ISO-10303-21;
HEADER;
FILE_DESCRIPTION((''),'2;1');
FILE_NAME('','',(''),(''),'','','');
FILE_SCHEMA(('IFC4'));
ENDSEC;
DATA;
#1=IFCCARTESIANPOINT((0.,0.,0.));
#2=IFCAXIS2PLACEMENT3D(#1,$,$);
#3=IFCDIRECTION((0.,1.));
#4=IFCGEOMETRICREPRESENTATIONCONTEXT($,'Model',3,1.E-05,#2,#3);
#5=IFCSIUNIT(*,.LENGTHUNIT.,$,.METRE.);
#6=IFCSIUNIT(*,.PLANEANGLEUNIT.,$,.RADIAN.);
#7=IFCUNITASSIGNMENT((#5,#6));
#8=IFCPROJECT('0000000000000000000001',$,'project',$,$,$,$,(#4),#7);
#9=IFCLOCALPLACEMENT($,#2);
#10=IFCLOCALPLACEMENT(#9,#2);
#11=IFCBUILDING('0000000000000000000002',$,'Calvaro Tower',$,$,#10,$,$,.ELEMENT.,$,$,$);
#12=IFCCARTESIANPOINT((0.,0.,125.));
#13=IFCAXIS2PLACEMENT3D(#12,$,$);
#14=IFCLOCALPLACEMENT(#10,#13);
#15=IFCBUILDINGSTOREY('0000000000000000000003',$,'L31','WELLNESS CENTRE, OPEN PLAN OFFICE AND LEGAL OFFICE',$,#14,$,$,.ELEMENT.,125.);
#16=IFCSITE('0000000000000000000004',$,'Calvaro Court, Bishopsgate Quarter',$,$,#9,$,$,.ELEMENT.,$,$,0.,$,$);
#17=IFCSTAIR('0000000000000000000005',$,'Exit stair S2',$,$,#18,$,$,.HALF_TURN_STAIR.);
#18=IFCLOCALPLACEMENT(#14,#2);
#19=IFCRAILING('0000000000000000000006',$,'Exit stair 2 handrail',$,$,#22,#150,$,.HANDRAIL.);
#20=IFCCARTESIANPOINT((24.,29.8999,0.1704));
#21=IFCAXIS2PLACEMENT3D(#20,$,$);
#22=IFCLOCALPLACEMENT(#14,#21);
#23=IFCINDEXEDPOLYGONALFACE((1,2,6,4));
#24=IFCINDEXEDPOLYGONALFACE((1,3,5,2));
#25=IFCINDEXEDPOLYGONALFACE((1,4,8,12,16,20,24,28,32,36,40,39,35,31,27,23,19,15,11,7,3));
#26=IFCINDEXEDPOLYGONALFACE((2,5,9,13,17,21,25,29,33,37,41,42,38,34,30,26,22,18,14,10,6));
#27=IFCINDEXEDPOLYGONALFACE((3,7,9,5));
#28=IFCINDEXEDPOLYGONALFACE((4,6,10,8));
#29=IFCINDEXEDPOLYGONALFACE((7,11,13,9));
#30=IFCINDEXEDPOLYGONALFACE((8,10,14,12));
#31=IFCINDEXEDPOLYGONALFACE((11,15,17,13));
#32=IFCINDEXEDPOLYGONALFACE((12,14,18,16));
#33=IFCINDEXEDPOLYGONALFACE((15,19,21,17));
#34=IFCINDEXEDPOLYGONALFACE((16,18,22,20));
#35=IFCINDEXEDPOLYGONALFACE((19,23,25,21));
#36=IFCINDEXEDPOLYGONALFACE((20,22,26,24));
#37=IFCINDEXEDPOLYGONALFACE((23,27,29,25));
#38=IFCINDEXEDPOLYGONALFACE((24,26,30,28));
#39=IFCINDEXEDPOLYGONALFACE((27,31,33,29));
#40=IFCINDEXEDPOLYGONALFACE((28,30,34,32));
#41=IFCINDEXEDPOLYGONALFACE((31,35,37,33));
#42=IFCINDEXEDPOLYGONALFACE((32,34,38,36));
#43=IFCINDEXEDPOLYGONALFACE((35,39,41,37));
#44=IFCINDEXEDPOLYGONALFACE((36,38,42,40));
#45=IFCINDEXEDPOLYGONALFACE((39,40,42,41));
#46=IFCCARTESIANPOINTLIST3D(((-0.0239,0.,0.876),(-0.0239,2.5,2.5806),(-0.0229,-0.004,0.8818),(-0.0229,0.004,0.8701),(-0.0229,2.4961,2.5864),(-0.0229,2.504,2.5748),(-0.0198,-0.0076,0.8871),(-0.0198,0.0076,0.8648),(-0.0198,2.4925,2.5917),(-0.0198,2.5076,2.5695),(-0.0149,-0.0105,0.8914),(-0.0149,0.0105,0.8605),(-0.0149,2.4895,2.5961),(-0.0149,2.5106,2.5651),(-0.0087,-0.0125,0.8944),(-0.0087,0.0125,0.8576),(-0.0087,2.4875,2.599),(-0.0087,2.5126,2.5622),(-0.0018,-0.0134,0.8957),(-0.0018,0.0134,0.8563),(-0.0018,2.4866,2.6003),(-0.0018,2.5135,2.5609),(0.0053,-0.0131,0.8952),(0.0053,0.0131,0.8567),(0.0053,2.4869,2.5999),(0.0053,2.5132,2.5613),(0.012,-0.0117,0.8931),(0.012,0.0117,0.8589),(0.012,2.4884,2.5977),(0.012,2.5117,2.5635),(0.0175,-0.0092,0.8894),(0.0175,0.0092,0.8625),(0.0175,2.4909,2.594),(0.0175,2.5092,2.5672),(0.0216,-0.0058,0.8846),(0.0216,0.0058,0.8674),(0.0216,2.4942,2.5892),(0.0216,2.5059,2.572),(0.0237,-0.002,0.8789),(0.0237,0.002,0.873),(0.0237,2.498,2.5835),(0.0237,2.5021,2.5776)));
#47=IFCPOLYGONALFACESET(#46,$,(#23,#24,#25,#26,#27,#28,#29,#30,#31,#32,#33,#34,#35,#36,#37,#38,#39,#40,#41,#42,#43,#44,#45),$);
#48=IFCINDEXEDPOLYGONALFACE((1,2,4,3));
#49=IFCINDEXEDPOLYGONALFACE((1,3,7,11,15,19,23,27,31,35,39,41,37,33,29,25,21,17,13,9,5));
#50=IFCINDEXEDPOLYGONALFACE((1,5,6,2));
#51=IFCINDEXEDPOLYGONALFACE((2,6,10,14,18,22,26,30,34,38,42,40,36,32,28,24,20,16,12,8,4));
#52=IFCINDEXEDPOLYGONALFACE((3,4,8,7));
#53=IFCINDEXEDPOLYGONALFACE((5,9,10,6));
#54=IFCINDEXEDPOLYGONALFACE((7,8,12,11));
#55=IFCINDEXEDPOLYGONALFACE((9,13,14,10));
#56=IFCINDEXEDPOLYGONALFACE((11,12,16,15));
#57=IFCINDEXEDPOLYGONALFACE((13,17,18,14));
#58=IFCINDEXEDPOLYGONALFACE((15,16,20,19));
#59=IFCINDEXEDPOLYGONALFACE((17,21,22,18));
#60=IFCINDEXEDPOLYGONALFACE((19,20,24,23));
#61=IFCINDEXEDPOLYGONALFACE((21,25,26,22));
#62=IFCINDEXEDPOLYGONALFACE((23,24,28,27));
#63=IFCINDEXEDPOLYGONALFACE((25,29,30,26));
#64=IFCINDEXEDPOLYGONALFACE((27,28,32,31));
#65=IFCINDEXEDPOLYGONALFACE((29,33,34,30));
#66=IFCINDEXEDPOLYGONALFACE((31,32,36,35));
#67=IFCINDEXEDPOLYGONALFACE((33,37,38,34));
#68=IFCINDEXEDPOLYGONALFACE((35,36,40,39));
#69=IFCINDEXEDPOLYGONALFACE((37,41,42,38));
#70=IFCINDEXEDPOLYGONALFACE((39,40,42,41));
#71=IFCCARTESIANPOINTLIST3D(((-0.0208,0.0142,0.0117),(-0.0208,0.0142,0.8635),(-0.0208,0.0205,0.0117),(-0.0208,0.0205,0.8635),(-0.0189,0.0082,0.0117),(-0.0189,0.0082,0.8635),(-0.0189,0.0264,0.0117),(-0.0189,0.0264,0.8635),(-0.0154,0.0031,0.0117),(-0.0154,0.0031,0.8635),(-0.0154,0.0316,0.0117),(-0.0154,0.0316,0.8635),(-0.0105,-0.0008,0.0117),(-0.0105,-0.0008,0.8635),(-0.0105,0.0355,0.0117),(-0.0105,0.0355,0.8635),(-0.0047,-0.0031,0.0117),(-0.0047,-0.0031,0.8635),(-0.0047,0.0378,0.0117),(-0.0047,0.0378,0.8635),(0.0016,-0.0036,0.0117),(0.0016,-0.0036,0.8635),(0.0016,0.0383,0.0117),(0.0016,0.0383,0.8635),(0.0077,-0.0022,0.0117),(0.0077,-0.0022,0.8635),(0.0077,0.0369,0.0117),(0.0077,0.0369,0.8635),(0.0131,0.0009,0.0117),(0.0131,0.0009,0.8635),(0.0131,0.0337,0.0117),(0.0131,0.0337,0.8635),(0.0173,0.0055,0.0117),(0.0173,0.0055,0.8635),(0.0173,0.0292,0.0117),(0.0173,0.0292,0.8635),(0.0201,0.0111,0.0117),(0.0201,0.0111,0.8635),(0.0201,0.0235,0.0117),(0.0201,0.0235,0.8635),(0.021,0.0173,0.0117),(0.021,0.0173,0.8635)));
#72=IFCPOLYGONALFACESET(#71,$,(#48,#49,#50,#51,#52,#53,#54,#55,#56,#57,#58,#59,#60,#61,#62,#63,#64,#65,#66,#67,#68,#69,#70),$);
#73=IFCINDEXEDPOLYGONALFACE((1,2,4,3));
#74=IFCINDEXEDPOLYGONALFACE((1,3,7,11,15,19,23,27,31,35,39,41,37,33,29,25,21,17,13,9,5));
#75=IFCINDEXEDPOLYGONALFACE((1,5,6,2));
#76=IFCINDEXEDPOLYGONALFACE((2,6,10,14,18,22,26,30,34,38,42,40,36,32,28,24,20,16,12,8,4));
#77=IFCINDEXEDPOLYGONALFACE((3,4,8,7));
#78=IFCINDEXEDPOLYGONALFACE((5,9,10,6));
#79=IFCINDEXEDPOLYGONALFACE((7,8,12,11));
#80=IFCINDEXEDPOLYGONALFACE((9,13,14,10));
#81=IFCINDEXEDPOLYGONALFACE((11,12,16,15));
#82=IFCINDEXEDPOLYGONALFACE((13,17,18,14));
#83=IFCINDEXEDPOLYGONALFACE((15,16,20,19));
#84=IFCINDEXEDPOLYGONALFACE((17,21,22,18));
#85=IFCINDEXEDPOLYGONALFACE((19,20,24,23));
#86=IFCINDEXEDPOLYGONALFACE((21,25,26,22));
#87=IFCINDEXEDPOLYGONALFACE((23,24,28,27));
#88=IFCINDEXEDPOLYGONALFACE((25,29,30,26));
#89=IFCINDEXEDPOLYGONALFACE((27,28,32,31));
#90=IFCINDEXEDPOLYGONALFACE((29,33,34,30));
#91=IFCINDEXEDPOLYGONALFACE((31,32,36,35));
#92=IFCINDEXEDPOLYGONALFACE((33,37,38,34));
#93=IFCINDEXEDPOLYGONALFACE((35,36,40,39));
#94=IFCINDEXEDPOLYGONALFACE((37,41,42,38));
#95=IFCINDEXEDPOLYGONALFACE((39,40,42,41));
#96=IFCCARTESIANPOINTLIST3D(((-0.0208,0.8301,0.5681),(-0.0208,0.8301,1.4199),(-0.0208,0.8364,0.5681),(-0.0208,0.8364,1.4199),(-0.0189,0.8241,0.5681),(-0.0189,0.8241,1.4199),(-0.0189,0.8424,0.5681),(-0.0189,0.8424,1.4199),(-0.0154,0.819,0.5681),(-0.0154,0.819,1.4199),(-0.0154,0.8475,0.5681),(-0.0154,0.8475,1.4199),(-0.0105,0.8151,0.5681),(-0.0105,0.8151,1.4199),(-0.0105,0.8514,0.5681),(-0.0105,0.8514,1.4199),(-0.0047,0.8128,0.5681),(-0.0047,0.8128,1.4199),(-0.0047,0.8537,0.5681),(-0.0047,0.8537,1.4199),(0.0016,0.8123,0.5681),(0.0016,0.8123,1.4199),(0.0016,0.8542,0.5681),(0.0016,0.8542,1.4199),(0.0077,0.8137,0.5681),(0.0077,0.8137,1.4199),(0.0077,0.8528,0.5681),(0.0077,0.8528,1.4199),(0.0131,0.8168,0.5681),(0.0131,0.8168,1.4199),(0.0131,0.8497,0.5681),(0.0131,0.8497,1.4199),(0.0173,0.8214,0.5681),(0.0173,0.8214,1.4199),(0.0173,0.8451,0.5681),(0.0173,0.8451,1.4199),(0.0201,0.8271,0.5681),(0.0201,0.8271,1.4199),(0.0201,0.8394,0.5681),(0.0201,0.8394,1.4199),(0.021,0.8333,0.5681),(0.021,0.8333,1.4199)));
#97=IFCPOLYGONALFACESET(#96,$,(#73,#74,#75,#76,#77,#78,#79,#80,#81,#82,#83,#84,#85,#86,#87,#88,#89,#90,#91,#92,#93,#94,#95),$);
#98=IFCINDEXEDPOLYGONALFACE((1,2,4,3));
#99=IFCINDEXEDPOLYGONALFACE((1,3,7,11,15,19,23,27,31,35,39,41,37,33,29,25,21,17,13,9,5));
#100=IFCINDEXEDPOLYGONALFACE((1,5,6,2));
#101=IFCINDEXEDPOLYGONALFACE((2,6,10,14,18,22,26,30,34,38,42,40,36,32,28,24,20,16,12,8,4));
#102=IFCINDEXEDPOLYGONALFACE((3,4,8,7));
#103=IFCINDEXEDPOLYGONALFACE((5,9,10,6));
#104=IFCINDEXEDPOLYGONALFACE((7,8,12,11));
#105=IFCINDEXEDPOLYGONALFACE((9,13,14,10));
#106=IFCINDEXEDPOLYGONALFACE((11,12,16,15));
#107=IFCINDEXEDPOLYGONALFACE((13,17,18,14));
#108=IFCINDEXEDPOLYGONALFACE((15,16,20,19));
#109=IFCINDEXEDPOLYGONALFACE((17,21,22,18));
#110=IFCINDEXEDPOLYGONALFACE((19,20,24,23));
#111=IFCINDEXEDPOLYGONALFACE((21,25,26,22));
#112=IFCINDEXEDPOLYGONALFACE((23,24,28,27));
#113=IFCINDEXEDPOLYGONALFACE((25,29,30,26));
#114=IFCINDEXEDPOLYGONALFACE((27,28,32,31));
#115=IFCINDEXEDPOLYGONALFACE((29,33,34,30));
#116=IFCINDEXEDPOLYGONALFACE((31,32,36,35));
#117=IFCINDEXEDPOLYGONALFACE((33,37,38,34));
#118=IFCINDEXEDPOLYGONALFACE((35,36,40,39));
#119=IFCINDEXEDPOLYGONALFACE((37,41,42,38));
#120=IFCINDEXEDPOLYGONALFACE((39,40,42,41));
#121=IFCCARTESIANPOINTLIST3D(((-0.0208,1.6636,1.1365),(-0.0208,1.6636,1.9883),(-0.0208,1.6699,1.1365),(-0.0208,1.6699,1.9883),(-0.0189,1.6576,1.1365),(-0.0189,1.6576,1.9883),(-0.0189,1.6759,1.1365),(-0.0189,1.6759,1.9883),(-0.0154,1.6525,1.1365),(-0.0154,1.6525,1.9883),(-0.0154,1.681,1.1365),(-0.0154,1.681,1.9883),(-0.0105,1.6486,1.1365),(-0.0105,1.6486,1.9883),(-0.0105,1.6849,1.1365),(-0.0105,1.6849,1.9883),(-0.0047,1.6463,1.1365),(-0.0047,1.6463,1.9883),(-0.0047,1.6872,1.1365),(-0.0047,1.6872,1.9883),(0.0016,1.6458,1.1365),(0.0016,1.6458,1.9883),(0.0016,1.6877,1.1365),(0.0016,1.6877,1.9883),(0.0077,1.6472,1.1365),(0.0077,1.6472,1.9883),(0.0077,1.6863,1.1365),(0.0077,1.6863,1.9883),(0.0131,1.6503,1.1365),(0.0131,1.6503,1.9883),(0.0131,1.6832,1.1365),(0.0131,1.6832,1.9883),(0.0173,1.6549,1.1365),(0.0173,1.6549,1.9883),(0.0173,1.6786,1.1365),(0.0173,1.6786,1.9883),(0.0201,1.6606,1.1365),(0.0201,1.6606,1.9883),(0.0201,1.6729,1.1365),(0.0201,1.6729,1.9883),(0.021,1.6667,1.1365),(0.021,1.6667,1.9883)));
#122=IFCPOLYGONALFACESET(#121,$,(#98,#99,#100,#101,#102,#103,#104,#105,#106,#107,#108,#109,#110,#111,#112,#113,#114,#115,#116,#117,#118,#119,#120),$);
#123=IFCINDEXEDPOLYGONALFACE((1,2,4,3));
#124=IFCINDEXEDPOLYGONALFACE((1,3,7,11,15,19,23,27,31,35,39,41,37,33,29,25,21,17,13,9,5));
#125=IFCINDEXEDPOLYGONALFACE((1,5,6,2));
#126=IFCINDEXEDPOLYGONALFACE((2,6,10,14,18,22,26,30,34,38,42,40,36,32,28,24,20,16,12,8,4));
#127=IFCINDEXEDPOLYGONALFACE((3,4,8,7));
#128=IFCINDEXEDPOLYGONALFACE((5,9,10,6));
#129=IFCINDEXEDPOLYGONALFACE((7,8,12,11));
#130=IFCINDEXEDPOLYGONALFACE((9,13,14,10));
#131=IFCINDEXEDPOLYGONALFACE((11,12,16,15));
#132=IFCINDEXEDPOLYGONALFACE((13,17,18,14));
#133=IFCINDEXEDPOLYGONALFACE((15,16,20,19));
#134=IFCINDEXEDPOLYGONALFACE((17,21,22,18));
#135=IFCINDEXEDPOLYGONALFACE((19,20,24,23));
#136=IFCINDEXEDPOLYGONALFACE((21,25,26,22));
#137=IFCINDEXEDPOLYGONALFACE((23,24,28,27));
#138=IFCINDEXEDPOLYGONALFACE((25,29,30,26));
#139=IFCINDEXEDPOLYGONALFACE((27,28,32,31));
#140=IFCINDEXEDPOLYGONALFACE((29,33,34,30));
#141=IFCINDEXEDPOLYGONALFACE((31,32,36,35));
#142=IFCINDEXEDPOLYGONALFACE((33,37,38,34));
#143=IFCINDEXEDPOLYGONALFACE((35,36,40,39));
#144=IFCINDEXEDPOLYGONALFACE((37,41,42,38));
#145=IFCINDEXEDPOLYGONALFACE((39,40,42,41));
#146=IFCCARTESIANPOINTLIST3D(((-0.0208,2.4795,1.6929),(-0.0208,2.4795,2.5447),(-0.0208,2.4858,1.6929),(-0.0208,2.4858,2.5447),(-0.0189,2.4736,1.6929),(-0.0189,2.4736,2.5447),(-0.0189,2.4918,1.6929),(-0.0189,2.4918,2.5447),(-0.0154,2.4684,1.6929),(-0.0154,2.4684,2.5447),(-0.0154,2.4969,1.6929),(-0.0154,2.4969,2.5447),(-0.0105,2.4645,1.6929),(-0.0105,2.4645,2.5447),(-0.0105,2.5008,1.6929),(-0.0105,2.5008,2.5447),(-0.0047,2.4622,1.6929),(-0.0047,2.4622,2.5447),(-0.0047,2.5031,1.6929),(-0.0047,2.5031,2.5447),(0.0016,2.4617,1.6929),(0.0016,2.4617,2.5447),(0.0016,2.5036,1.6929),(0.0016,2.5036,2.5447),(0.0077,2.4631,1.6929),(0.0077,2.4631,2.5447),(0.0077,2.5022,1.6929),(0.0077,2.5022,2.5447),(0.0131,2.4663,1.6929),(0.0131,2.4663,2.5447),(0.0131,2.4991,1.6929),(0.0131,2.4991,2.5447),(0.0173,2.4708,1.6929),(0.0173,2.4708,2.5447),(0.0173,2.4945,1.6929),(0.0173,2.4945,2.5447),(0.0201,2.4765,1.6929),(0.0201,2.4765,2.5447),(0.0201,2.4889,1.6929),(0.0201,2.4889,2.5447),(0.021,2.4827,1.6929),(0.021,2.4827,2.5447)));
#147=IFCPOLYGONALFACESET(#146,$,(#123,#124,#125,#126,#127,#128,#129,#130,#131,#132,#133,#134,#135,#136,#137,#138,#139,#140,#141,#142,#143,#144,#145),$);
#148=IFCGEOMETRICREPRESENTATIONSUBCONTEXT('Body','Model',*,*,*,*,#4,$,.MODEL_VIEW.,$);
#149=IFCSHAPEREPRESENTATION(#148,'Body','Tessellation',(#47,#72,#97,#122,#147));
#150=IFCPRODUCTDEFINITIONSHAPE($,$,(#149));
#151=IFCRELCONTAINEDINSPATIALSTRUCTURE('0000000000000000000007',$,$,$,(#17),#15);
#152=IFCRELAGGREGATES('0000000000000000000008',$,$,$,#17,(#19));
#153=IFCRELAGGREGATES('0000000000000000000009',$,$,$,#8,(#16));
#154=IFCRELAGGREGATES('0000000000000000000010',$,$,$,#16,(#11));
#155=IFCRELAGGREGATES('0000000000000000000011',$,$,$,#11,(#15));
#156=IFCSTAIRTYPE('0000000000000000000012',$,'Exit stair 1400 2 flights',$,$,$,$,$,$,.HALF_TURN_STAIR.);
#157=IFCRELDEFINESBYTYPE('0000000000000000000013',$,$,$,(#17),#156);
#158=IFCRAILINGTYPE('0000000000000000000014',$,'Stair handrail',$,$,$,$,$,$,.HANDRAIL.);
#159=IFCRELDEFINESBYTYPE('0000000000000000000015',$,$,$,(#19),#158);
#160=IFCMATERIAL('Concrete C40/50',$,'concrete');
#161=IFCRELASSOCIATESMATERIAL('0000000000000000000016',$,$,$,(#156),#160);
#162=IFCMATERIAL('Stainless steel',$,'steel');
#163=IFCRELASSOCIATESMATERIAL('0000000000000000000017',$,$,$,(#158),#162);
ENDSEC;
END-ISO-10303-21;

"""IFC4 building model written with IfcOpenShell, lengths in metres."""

from ifc_helpers import new_model, si_unit, direction, frame, origin, origin_2d, place, context, subcontext, project, spatial, circle, extrude, material, type_object, element, aggregate, save


model = new_model("IFC4")

# Units and contexts
model_context = context("Model", 3, precision=1e-05, world=origin(), true_north=direction((0.0, 1.0)))
body_context = subcontext(model_context, "Body", "Model", "MODEL_VIEW")
ifc_project = project(units=[si_unit("LENGTHUNIT", "METRE"), si_unit("PLANEANGLEUNIT", "RADIAN")], contexts=[model_context])

# Site, building, storey
site_placement = place(None, origin())
site = spatial("IfcSite", under=ifc_project, at=site_placement, Name="Calvaro Court, Bishopsgate Quarter", CompositionType="ELEMENT", RefElevation=0.0)
building_placement = place(site_placement, origin())
building = spatial("IfcBuilding", under=site, at=building_placement, Name="Calvaro Tower", CompositionType="ELEMENT")
storey_placement = place(building_placement, frame((0.0, 0.0, 125.0)))
storey = spatial("IfcBuildingStorey", under=building, at=storey_placement, Name="L31", Description="WELLNESS CENTRE, OPEN PLAN OFFICE AND LEGAL OFFICE", CompositionType="ELEMENT", Elevation=125.0)

# Stair, railing
ifc_material_1 = material(Name="Concrete C40/50", Category="concrete")
stair_type = type_object("IfcStairType", Name="Exit stair 1400 2 flights", PredefinedType="HALF_TURN_STAIR", material=ifc_material_1)
stair_placement = place(storey_placement, origin())
stair = element("IfcStair", 1, at=stair_placement, inside=storey, type_object=stair_type, Name="Exit stair S2", PredefinedType="HALF_TURN_STAIR")
ifc_material_2 = material(Name="Stainless steel", Category="steel")
railing_type = type_object("IfcRailingType", Name="Stair handrail", PredefinedType="HANDRAIL", material=ifc_material_2)
railing_1_placement = place(storey_placement, frame((24.0, 29.8999, 0.1704)))
railing_1 = element("IfcRailing", 2, at=railing_1_placement, type_object=railing_type, Name="Exit stair 2 handrail", PredefinedType="HANDRAIL", context=body_context, shape_type="SweptSolid", body=[
    extrude(circle(Radius=0.0239, at=origin_2d()), frame((0.0, 0.0, 0.876), z_axis=(0.0, 0.826221, 0.563347), x_axis=(-1.0, 0.0, 0.0)), (0.0, 0.0, 1.0), 3.0259),
    extrude(circle(Radius=0.021, at=origin_2d()), frame((0.0, 0.0173, 0.0117)), (0.0, 0.0, 1.0), 0.8518),
    extrude(circle(Radius=0.021, at=origin_2d()), frame((0.0, 0.8333, 0.5681)), (0.0, 0.0, 1.0), 0.8518),
    extrude(circle(Radius=0.021, at=origin_2d()), frame((0.0, 1.6667, 1.1365)), (0.0, 0.0, 1.0), 0.8518),
    extrude(circle(Radius=0.021, at=origin_2d()), frame((0.0, 2.4827, 1.6929)), (0.0, 0.0, 1.0), 0.8518),
])
aggregate(stair, [railing_1])

save(model, "model.ifc")
